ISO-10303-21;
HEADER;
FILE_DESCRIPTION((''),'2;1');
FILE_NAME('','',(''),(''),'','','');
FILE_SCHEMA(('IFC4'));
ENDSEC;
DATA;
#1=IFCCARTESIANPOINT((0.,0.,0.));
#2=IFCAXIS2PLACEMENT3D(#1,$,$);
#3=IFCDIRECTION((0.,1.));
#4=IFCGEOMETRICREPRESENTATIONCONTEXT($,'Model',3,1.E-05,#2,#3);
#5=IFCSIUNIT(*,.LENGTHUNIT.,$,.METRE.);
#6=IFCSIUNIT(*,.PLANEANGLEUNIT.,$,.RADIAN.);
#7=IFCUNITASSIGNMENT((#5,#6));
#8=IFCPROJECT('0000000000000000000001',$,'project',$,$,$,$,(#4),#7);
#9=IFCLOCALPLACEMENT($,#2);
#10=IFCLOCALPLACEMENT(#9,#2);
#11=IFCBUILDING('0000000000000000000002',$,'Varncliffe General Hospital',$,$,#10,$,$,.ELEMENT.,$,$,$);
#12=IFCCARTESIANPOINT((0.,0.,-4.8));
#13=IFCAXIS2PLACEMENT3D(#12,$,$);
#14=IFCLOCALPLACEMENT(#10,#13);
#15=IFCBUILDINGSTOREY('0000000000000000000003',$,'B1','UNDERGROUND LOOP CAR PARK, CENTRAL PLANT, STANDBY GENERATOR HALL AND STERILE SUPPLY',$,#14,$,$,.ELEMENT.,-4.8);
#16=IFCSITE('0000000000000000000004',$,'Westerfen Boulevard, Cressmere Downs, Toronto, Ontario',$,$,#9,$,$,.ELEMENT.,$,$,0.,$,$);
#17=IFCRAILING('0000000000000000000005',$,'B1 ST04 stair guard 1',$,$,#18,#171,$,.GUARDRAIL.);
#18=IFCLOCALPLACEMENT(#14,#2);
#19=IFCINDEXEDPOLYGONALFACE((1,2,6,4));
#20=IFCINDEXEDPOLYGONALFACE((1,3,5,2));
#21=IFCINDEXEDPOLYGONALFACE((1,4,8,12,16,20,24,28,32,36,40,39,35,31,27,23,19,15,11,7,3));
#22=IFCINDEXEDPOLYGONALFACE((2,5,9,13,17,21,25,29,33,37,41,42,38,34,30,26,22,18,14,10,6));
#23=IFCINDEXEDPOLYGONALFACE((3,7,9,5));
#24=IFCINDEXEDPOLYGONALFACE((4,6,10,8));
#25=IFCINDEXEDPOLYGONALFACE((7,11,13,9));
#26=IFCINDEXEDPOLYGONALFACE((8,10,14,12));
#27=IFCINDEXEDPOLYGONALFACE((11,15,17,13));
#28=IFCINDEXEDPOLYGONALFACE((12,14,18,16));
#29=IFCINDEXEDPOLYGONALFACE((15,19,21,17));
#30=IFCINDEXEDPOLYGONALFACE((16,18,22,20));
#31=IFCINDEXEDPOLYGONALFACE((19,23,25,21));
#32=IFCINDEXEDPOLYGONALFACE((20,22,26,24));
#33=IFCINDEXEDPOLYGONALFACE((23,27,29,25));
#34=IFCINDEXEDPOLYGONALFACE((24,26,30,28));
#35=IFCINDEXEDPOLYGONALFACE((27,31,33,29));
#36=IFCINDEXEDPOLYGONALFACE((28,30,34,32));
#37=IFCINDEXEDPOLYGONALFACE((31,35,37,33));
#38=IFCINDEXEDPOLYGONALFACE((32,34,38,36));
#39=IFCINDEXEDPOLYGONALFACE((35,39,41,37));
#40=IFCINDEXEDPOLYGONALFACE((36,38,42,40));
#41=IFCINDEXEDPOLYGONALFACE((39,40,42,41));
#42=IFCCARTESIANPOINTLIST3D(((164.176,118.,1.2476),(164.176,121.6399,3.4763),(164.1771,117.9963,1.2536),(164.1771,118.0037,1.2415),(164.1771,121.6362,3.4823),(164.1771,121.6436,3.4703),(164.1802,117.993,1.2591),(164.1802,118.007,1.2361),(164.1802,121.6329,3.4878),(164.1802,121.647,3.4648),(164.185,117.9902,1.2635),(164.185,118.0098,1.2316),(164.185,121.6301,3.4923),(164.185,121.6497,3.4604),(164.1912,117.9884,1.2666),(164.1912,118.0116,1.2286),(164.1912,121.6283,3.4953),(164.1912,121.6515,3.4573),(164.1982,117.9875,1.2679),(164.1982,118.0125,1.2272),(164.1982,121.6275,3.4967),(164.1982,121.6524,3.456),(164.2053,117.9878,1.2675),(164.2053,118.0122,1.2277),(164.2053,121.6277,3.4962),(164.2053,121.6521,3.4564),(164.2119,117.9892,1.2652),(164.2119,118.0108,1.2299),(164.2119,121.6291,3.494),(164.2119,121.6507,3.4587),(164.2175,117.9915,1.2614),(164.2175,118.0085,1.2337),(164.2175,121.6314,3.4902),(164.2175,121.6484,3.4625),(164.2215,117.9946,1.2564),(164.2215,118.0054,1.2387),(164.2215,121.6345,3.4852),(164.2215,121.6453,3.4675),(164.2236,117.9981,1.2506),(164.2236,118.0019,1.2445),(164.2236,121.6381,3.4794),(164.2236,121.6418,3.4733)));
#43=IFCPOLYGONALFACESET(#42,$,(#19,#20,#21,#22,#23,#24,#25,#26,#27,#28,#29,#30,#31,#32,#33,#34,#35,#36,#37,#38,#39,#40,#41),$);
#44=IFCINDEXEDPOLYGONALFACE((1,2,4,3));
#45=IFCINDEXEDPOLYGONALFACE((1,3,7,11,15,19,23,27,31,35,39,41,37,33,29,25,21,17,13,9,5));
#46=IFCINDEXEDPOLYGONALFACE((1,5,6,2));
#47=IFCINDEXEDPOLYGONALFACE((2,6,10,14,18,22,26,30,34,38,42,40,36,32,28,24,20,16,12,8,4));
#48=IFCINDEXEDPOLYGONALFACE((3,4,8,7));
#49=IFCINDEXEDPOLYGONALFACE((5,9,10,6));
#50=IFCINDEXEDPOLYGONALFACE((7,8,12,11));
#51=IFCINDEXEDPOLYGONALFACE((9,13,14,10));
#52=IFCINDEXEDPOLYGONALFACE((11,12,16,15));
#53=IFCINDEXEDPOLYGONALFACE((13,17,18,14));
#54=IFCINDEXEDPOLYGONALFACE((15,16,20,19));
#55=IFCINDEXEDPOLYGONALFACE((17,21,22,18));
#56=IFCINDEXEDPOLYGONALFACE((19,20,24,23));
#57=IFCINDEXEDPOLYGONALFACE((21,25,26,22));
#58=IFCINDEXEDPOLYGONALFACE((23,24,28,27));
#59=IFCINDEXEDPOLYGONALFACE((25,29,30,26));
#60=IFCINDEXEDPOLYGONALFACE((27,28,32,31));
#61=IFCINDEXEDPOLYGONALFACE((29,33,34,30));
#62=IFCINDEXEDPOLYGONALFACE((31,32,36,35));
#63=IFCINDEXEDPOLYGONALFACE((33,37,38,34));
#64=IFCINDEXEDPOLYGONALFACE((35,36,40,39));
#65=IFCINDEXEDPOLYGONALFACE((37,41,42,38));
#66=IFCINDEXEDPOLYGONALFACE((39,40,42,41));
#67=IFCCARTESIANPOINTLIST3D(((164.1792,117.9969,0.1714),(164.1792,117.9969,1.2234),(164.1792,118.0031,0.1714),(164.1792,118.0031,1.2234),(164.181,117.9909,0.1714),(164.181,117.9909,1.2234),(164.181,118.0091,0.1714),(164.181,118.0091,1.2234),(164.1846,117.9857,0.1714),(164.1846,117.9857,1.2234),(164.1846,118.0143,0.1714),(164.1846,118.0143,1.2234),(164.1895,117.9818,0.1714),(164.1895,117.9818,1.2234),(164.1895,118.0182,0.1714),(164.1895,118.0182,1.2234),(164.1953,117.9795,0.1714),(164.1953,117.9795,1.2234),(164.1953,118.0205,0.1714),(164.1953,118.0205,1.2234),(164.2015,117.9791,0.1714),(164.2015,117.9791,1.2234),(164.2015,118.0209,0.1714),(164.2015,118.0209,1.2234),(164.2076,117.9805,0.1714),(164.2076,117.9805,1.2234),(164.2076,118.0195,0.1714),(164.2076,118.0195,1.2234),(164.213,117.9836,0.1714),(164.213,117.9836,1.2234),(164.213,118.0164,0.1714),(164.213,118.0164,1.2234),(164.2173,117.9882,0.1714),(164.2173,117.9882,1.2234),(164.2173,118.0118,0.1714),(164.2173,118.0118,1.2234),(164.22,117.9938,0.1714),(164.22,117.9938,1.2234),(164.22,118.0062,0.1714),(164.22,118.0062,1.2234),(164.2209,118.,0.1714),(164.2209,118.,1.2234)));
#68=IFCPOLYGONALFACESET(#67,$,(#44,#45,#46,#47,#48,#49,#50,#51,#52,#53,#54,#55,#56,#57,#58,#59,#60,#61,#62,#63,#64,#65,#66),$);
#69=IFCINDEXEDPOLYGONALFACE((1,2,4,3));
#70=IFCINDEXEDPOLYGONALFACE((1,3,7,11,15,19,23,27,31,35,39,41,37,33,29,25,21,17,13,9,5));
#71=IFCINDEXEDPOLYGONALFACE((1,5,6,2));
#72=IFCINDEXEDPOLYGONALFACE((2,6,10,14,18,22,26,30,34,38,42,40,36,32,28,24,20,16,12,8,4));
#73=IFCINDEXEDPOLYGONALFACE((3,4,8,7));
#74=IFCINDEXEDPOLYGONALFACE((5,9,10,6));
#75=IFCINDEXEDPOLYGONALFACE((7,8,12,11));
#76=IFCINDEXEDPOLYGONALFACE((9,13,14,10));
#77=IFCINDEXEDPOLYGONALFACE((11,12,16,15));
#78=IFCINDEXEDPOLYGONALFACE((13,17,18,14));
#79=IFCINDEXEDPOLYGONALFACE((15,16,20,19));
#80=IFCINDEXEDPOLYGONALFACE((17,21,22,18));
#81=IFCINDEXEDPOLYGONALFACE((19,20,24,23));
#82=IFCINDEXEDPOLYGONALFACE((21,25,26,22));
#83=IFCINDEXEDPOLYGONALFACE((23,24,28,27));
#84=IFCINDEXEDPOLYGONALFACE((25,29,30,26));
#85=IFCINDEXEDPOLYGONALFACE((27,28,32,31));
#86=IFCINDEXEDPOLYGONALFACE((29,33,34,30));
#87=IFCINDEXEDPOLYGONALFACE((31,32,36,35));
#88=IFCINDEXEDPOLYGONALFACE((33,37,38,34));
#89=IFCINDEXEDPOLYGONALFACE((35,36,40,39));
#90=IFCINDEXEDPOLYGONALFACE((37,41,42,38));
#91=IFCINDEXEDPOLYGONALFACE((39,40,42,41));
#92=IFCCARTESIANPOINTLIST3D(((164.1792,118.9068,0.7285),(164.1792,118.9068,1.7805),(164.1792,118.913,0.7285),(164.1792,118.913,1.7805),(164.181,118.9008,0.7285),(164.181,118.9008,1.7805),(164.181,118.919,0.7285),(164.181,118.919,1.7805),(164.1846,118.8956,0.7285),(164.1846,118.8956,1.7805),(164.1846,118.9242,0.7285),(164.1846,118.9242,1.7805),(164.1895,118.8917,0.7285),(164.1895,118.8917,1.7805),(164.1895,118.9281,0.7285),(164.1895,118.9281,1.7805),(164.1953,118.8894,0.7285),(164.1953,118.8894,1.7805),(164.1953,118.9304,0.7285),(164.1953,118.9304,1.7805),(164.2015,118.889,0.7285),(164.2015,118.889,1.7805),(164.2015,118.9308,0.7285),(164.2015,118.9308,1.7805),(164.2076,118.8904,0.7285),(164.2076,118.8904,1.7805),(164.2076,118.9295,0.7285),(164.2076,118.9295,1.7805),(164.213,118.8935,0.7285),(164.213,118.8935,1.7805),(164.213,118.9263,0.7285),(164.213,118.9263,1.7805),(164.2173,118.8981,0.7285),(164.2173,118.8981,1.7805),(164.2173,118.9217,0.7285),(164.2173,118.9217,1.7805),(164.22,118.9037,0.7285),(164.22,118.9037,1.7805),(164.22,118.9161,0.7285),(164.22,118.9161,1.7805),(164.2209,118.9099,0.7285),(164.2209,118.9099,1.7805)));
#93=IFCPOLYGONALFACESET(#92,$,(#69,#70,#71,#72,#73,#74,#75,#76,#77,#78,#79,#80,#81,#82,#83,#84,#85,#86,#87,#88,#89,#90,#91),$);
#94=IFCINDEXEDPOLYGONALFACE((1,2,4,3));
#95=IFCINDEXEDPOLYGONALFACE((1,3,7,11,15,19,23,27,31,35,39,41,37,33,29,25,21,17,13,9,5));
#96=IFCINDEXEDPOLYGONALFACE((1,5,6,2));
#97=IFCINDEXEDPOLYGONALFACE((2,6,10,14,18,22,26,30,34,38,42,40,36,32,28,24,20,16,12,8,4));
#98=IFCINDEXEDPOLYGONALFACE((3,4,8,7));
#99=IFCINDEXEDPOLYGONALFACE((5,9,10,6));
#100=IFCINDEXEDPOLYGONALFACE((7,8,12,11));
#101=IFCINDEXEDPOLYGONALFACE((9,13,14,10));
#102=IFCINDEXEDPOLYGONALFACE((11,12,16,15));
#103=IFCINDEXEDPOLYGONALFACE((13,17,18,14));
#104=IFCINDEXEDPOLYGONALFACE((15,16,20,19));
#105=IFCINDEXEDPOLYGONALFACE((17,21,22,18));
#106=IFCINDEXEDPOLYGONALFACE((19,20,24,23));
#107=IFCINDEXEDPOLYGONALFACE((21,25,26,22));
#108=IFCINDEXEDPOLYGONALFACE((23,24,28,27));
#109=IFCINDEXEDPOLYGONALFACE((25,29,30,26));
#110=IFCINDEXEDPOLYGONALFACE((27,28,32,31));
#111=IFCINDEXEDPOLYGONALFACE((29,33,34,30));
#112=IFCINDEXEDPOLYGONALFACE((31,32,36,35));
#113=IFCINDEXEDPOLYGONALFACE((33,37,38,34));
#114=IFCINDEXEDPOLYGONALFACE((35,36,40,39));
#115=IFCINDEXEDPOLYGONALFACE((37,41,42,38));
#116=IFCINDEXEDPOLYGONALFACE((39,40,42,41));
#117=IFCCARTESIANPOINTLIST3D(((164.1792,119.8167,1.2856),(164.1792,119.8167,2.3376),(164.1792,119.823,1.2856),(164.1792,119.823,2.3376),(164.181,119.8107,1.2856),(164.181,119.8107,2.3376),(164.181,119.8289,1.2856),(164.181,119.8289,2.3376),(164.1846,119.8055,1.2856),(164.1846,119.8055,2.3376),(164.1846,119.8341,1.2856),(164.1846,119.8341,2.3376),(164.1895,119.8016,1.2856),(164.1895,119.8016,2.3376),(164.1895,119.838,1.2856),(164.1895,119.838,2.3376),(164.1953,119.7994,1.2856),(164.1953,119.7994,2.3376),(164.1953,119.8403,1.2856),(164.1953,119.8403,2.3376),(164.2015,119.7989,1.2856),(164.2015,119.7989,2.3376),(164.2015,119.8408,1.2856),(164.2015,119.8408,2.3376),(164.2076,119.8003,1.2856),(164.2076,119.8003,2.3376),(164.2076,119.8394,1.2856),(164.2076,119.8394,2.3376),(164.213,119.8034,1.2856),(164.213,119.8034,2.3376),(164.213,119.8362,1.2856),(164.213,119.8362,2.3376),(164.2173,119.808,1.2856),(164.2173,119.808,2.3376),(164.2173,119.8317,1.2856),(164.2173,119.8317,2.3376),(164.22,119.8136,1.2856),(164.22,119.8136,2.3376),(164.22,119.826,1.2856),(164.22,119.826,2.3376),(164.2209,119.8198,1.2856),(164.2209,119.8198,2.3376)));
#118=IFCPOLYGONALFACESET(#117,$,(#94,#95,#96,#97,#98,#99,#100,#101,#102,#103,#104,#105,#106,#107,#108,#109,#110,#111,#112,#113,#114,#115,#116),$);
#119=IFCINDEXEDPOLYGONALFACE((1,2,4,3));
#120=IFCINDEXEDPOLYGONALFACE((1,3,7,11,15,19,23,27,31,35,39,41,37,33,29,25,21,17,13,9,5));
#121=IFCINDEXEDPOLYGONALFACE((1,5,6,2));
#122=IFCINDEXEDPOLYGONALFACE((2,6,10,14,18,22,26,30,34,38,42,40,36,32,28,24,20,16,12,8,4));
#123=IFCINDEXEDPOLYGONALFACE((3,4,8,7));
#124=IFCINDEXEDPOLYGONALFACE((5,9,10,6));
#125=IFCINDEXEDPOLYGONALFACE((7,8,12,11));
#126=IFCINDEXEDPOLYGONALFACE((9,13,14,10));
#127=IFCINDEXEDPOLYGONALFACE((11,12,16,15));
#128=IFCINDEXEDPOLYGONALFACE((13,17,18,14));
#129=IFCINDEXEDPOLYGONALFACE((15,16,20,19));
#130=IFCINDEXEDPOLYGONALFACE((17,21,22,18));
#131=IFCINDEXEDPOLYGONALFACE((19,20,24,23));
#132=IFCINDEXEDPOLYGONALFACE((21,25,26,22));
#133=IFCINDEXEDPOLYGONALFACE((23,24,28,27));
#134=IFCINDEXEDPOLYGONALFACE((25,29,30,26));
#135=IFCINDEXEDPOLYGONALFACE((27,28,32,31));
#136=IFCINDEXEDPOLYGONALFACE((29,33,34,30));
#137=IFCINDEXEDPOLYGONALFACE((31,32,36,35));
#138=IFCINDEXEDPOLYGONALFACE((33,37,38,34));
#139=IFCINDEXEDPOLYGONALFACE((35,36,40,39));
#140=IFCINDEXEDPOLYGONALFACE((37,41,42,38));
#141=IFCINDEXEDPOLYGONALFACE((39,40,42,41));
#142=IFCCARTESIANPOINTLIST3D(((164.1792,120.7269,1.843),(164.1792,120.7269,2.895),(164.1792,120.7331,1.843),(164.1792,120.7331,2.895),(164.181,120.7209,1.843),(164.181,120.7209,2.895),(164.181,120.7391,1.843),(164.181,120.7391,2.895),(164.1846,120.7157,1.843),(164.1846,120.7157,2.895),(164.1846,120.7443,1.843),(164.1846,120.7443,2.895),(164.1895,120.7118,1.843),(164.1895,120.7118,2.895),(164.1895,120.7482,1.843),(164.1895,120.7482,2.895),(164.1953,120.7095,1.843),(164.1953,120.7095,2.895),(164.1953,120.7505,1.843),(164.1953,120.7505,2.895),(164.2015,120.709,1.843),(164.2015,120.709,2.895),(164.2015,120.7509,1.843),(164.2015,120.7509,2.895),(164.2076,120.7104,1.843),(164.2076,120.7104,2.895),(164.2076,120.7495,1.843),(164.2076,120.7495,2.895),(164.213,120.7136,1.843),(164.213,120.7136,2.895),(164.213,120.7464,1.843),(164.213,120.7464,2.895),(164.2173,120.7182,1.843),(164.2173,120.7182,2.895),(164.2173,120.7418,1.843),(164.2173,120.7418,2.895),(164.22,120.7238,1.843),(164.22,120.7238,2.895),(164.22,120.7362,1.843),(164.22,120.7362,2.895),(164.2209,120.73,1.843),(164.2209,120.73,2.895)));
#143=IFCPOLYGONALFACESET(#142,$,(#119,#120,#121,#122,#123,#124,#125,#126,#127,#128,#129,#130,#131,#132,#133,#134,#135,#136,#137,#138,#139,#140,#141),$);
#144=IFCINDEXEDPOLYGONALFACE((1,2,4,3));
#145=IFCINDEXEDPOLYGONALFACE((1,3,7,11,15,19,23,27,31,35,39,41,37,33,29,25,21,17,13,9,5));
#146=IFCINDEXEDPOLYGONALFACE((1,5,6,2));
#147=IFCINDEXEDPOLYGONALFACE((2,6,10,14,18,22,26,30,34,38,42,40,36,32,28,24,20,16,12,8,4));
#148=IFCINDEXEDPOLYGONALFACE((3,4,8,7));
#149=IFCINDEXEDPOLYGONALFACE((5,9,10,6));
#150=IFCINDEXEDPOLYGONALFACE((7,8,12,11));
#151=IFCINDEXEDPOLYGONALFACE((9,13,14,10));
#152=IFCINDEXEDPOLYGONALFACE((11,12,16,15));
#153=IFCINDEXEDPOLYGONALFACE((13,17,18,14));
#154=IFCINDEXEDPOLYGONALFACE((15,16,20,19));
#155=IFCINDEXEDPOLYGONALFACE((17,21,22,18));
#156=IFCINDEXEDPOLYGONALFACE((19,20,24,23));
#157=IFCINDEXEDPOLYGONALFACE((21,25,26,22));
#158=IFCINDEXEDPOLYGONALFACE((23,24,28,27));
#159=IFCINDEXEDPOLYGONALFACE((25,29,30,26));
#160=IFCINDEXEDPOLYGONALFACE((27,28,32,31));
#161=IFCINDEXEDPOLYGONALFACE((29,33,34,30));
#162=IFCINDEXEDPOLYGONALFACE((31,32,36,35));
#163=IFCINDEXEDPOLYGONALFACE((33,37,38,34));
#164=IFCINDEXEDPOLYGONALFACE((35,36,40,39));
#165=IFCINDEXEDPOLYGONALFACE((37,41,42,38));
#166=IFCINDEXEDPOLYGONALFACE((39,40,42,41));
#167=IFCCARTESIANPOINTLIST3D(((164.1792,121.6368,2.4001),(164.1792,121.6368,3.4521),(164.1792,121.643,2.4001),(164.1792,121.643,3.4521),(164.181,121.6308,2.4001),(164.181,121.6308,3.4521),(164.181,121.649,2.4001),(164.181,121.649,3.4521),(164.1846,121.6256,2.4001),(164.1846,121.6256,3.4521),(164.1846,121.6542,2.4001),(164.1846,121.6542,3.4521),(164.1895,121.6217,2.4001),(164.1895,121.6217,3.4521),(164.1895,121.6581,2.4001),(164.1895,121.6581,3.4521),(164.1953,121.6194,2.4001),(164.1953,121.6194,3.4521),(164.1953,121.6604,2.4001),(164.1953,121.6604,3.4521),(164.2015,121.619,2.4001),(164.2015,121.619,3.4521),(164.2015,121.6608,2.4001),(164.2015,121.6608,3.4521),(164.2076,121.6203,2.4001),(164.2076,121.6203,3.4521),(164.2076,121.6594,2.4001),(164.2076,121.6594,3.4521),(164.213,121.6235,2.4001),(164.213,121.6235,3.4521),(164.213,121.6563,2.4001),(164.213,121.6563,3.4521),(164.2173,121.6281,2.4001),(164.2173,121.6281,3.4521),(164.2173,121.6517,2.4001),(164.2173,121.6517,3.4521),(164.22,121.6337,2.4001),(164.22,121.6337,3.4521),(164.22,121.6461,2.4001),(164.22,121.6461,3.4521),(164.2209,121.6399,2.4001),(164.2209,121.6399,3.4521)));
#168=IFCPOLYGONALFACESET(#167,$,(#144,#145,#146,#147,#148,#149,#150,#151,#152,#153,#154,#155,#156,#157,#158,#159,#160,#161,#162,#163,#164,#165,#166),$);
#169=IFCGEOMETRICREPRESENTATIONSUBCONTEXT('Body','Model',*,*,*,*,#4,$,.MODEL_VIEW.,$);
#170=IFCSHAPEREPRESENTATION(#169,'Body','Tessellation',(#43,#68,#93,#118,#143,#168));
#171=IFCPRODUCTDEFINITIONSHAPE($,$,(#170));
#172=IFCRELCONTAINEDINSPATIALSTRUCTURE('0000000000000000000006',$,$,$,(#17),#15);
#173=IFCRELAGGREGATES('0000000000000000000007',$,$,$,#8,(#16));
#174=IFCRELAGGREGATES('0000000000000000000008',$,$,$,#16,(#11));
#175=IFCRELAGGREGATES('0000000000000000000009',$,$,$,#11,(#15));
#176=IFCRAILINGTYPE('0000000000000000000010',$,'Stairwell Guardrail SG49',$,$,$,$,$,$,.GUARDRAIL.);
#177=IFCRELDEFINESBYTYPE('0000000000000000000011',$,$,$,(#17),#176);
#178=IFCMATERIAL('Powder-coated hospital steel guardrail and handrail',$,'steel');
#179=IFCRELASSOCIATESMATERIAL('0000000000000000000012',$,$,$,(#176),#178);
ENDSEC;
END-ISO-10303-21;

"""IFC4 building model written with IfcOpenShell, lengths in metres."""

from ifc_helpers import new_model, si_unit, direction, frame, origin, origin_2d, place, context, subcontext, project, spatial, circle, extrude, material, type_object, element, save


model = new_model("IFC4")

# Units and contexts
model_context = context("Model", 3, precision=1e-05, world=origin(), true_north=direction((0.0, 1.0)))
body_context = subcontext(model_context, "Body", "Model", "MODEL_VIEW")
ifc_project = project(units=[si_unit("LENGTHUNIT", "METRE"), si_unit("PLANEANGLEUNIT", "RADIAN")], contexts=[model_context])

# Site, building, storey
site_placement = place(None, origin())
site = spatial("IfcSite", under=ifc_project, at=site_placement, Name="Westerfen Boulevard, Cressmere Downs, Toronto, Ontario", CompositionType="ELEMENT", RefElevation=0.0)
building_placement = place(site_placement, origin())
building = spatial("IfcBuilding", under=site, at=building_placement, Name="Varncliffe General Hospital", CompositionType="ELEMENT")
storey_placement = place(building_placement, frame((0.0, 0.0, -4.8)))
storey = spatial("IfcBuildingStorey", under=building, at=storey_placement, Name="B1", Description="UNDERGROUND LOOP CAR PARK, CENTRAL PLANT, STANDBY GENERATOR HALL AND STERILE SUPPLY", CompositionType="ELEMENT", Elevation=-4.8)

# Railing
ifc_material_1 = material(Name="Powder-coated hospital steel guardrail and handrail", Category="steel")
railing_type_1 = type_object("IfcRailingType", Name="Stairwell Guardrail SG49", PredefinedType="GUARDRAIL", material=ifc_material_1)
railing_1_placement = place(storey_placement, frame((164.2, 118.0, 0.1714)))
element("IfcRailing", 1, at=railing_1_placement, inside=storey, type_object=railing_type_1, Name="B1 ST04 stair guard 1", PredefinedType="GUARDRAIL", context=body_context, shape_type="SweptSolid", body=[
    extrude(circle(Radius=0.0239, at=origin_2d()), frame((0.0, 0.0, 1.0762), z_axis=(0.0, 0.852825, 0.522197), x_axis=(-1.0, 0.0, 0.0)), (0.0, 0.0, 1.0), 4.2681),
    extrude(circle(Radius=0.021, at=origin_2d()), origin(), (0.0, 0.0, 1.0), 1.052),
    extrude(circle(Radius=0.021, at=origin_2d()), frame((0.0, 0.9099, 0.5571)), (0.0, 0.0, 1.0), 1.052),
    extrude(circle(Radius=0.021, at=origin_2d()), frame((0.0, 1.8198, 1.1143)), (0.0, 0.0, 1.0), 1.052),
    extrude(circle(Radius=0.021, at=origin_2d()), frame((0.0, 2.73, 1.6716)), (0.0, 0.0, 1.0), 1.052),
    extrude(circle(Radius=0.021, at=origin_2d()), frame((0.0, 3.6399, 2.2288)), (0.0, 0.0, 1.0), 1.052),
])

save(model, "model.ifc")
